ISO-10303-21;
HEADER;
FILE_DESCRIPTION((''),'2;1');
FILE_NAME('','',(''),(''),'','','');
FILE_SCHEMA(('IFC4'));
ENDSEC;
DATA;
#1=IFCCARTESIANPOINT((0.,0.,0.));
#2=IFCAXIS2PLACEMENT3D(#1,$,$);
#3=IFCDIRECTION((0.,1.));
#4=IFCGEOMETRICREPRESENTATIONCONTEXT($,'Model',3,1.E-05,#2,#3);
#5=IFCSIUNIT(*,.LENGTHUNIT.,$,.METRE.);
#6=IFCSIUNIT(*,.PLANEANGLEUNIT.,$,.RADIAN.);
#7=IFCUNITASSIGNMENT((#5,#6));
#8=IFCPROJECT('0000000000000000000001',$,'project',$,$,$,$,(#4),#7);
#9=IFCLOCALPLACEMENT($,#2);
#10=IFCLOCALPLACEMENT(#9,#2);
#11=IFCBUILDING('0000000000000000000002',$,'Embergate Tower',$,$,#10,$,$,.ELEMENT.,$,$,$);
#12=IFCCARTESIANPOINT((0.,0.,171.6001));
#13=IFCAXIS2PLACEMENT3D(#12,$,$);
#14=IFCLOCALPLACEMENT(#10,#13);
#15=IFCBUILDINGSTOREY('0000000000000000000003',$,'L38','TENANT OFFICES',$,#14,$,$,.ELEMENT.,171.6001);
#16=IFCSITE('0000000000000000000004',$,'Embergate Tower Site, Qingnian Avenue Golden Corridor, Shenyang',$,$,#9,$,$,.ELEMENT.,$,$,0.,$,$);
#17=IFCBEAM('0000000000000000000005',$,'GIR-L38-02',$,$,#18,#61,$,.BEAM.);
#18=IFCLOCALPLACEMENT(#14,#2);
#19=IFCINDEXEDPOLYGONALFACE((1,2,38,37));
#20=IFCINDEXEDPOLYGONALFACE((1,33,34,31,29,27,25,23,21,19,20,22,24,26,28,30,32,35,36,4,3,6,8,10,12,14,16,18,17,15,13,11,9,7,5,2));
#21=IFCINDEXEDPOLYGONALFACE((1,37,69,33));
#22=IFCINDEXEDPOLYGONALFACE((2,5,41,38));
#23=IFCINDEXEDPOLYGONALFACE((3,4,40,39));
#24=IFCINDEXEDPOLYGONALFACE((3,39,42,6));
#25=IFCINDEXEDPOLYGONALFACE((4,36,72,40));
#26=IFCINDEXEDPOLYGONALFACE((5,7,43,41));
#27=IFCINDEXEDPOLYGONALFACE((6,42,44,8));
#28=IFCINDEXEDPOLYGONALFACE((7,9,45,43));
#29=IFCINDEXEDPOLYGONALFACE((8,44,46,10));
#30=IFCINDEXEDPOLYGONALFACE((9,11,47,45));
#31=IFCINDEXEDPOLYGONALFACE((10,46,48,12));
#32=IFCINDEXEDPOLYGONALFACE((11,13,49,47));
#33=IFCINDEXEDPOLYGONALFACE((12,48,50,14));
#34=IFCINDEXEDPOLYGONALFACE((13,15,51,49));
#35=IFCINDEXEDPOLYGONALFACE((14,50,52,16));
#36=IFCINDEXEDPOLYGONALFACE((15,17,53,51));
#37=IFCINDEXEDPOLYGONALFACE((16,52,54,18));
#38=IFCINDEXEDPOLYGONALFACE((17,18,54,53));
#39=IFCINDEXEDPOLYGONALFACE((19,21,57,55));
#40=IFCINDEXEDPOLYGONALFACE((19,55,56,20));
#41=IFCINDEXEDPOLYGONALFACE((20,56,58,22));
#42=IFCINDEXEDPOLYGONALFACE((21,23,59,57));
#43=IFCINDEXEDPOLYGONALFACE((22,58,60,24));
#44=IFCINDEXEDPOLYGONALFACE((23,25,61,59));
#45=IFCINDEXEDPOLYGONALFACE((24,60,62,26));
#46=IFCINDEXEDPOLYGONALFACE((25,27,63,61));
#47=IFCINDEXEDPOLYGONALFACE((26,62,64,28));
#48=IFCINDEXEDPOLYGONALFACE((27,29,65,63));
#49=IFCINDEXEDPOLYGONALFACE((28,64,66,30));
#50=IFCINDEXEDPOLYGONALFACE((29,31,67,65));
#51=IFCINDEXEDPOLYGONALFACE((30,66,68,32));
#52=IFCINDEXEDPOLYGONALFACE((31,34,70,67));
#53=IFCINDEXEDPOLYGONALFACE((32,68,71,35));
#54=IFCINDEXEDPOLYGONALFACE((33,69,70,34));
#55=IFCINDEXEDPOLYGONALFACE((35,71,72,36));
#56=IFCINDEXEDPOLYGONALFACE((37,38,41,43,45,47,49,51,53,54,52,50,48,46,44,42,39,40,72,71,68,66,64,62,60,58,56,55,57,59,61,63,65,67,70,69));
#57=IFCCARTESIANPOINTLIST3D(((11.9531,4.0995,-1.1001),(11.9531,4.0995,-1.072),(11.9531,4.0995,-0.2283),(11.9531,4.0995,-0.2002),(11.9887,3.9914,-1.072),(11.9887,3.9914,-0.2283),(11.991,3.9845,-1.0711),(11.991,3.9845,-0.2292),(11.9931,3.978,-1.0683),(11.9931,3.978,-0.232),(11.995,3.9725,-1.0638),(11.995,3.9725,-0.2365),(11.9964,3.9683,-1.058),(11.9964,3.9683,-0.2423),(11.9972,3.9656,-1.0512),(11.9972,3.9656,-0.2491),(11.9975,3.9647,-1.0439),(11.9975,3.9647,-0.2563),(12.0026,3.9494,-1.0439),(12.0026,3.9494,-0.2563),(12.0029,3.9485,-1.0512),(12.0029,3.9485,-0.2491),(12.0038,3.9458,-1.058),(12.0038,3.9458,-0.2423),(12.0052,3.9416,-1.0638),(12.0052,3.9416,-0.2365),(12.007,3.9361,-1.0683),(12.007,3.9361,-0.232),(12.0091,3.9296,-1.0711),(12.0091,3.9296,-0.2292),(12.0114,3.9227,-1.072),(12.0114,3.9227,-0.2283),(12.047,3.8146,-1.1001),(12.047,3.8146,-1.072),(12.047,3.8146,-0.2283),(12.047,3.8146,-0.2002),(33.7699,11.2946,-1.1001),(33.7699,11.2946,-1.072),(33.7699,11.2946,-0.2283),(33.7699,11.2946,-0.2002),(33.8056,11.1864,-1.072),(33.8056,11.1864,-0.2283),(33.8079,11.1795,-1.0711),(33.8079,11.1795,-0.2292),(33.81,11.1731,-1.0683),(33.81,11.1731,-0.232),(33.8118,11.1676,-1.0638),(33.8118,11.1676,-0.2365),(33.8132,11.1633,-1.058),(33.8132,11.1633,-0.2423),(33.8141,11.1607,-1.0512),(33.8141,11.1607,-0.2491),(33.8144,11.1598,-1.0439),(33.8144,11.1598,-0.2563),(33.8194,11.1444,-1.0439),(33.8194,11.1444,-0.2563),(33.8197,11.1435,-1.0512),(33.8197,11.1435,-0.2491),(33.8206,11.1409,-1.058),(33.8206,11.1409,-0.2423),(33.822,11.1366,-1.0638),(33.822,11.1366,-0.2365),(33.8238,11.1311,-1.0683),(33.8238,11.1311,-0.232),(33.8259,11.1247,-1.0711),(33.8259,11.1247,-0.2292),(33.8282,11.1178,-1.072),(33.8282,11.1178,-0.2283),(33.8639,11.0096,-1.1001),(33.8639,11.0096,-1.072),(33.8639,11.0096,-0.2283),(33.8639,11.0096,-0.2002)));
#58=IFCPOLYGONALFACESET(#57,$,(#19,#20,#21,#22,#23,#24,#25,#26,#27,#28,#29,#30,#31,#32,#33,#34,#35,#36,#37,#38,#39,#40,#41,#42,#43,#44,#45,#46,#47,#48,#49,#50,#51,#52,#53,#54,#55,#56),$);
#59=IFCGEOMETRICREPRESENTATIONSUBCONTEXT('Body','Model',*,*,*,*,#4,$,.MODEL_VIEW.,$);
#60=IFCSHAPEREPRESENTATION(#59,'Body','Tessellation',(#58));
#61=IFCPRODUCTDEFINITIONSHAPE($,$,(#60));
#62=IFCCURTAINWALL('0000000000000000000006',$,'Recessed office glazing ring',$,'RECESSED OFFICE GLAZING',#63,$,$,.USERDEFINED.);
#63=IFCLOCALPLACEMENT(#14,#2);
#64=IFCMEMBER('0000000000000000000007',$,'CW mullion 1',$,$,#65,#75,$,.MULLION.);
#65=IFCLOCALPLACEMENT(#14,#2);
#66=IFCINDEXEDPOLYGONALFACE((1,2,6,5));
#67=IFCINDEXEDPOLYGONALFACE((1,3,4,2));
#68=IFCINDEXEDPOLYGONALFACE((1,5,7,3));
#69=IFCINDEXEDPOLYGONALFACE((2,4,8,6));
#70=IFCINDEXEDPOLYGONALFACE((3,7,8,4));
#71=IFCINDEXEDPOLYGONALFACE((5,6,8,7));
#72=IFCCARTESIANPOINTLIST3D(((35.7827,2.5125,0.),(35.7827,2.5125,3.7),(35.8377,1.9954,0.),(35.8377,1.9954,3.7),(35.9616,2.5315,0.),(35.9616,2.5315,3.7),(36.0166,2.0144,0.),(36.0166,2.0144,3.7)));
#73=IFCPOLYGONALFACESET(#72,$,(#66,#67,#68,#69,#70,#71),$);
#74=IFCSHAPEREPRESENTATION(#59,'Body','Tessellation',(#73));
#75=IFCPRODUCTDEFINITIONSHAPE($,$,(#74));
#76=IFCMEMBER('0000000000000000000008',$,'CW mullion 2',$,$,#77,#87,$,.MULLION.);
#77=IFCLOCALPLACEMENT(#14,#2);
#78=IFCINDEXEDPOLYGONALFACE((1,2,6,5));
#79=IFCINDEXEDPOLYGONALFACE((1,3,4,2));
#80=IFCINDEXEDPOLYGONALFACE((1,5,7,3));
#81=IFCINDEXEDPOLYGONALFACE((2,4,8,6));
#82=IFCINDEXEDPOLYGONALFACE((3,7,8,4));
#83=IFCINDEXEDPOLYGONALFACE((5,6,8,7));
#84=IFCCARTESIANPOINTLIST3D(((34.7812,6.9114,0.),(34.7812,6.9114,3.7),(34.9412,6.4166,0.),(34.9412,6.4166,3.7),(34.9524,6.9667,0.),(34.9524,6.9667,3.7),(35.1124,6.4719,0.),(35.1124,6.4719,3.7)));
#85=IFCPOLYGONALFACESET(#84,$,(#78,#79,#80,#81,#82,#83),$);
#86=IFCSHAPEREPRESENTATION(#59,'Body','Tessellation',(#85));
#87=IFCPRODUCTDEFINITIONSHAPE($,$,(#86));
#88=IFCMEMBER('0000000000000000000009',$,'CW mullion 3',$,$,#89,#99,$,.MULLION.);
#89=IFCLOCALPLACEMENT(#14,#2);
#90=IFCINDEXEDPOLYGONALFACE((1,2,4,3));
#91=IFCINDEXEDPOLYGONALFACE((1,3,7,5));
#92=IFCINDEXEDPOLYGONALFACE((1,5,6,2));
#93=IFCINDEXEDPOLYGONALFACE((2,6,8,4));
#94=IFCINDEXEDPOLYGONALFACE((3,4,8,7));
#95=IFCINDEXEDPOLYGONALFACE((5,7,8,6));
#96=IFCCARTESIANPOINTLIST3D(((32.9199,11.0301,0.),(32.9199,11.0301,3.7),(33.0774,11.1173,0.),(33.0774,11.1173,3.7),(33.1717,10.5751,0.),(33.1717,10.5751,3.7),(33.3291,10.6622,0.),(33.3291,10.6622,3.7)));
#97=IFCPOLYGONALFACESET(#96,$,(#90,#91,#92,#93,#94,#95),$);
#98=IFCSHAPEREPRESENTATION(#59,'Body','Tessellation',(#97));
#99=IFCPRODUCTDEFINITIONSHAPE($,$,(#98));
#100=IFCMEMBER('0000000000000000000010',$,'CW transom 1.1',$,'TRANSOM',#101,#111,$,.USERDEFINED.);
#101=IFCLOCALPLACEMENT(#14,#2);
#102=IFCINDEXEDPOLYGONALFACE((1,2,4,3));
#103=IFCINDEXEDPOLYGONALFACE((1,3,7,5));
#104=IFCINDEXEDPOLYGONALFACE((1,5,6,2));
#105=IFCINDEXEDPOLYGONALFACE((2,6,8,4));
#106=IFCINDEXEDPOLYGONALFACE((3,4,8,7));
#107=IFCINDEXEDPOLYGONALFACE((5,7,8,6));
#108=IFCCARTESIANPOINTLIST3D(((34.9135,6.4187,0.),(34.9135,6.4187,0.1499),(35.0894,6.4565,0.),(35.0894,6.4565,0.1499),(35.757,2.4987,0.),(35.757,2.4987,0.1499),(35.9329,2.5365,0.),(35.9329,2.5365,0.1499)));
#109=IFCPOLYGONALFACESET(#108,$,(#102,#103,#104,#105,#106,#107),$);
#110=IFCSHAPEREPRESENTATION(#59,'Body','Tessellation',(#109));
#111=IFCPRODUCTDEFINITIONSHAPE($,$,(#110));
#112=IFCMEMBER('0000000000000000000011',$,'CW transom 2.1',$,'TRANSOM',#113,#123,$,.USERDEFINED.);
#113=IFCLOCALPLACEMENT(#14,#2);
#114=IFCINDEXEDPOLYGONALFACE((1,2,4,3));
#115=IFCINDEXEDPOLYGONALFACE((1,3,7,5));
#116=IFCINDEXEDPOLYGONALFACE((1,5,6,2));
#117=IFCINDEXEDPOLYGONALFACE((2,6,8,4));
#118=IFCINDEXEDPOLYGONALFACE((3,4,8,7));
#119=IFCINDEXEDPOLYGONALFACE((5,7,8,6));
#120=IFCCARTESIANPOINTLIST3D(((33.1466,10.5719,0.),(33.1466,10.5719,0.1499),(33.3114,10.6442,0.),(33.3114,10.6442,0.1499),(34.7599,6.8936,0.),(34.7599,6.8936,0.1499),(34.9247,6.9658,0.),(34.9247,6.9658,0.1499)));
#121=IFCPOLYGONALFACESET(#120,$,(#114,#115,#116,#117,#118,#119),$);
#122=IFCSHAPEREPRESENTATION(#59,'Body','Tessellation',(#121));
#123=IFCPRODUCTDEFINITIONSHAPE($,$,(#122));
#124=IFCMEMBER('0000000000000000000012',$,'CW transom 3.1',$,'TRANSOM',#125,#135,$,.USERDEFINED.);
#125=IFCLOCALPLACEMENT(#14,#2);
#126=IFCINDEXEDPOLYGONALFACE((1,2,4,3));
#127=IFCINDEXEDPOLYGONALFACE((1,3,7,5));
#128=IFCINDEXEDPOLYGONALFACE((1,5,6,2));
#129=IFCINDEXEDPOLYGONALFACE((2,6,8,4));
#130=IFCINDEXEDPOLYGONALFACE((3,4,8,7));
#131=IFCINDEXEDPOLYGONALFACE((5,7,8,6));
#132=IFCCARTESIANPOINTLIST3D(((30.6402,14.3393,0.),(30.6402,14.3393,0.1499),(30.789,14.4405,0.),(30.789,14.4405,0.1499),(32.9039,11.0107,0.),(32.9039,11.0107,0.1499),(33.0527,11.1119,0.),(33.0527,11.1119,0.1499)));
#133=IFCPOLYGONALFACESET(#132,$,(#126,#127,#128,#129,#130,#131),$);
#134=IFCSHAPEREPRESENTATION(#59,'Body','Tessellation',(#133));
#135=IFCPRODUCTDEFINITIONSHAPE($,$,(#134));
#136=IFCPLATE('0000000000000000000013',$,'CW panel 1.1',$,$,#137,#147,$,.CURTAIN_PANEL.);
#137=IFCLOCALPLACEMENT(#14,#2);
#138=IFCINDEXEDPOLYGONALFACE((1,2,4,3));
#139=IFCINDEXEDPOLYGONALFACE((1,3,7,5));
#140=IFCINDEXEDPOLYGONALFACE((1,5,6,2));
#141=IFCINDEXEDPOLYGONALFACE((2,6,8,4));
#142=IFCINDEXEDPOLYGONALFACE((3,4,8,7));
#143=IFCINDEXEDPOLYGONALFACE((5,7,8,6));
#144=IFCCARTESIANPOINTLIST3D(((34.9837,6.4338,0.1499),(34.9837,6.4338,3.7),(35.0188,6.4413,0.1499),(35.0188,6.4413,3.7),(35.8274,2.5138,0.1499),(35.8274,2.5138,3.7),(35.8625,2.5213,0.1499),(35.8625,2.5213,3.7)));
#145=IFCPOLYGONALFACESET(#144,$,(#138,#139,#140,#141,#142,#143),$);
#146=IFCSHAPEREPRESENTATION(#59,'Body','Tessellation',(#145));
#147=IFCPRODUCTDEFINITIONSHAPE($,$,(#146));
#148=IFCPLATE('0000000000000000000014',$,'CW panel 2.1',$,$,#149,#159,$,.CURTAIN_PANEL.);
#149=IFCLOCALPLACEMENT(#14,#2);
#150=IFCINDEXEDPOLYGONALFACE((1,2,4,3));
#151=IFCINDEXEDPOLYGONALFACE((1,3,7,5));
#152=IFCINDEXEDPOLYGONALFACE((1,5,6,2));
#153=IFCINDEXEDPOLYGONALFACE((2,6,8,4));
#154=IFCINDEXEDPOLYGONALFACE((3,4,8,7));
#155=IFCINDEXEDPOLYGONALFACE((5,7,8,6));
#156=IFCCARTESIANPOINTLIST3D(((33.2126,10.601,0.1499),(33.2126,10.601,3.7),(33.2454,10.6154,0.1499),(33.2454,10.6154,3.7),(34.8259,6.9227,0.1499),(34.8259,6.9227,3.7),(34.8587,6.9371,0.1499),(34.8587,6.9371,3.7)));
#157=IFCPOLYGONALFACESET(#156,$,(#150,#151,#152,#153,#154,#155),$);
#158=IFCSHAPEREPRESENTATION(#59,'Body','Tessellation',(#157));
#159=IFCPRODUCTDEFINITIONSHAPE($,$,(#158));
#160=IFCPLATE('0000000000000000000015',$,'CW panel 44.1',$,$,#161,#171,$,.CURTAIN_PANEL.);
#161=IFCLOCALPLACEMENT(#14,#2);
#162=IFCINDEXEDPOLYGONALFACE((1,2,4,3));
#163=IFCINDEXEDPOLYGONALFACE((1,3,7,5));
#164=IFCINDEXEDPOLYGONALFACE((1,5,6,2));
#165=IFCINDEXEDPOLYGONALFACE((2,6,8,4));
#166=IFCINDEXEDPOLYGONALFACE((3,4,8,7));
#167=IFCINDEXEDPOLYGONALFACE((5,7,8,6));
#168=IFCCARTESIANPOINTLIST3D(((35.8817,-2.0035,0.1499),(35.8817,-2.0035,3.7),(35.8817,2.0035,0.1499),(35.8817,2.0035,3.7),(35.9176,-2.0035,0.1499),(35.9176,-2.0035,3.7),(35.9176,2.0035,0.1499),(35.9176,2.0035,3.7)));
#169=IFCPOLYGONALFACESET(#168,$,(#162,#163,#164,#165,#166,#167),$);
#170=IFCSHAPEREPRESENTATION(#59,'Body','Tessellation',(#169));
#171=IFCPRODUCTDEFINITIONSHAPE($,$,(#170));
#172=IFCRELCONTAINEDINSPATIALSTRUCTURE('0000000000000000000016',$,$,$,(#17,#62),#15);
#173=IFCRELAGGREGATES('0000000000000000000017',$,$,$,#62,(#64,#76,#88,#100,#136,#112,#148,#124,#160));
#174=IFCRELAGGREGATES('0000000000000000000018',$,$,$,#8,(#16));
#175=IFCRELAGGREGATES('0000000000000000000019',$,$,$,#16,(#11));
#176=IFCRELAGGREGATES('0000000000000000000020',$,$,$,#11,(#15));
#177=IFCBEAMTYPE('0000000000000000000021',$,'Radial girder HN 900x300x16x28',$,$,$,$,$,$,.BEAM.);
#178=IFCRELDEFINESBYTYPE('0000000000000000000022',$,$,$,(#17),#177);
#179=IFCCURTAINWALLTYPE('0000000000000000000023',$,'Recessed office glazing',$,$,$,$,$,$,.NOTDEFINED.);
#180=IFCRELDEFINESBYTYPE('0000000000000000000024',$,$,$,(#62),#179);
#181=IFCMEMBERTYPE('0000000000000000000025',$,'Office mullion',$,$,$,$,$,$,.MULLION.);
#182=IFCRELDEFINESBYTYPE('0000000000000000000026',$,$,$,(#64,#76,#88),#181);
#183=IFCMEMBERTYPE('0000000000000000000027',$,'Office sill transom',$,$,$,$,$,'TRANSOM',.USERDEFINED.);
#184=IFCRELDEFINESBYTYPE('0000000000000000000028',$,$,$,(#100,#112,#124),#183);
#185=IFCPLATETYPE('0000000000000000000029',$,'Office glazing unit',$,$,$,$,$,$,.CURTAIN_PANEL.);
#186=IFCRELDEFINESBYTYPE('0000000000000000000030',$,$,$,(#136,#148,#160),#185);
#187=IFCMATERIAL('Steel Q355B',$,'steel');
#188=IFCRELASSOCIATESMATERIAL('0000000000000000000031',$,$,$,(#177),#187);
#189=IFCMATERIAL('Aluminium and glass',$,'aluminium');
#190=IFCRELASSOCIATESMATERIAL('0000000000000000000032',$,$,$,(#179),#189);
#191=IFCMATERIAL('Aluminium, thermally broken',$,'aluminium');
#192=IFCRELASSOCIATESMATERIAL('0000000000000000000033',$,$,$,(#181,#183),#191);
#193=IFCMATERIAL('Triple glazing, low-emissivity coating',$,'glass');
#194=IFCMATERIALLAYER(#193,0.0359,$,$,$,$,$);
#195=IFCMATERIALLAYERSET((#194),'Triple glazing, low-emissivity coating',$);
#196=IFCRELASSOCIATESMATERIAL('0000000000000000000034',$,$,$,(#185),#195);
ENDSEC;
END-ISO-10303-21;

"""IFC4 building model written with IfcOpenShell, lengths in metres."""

from ifc_helpers import new_model, si_unit, direction, frame, origin, origin_2d, place, context, subcontext, project, spatial, rectangle, i_section, extrude, source, transform, mapped, material, layer, layer_set, material_profile, profile_set, type_object, element, aggregate, save


model = new_model("IFC4")

# Units and contexts
model_context = context("Model", 3, precision=1e-05, world=origin(), true_north=direction((0.0, 1.0)))
body_context = subcontext(model_context, "Body", "Model", "MODEL_VIEW")
ifc_project = project(units=[si_unit("LENGTHUNIT", "METRE"), si_unit("PLANEANGLEUNIT", "RADIAN")], contexts=[model_context])

# Site, building, storey
site_placement = place(None, origin())
site = spatial("IfcSite", under=ifc_project, at=site_placement, Name="Embergate Tower Site, Qingnian Avenue Golden Corridor, Shenyang", CompositionType="ELEMENT", RefElevation=0.0)
building_placement = place(site_placement, origin())
building = spatial("IfcBuilding", under=site, at=building_placement, Name="Embergate Tower", CompositionType="ELEMENT")
storey_placement = place(building_placement, frame((0.0, 0.0, 171.6001)))
storey = spatial("IfcBuildingStorey", under=building, at=storey_placement, Name="L38", Description="TENANT OFFICES", CompositionType="ELEMENT", Elevation=171.6001)

# Beam
ifc_material_1 = material(Name="Steel Q355B", Category="steel")
ifc_material_profile_1 = material_profile(ifc_material_1, i_section(OverallWidth=0.3, OverallDepth=0.8999, WebThickness=0.0161, FlangeThickness=0.0281, FilletRadius=0.0281, at=origin_2d()), Name="HN 900x300x16x28")
ifc_profile_set_1 = profile_set([ifc_material_profile_1], Name="Steel Q355 grade B")
beam_type_1 = type_object("IfcBeamType", Name="Radial girder HN 900x300x16x28", PredefinedType="BEAM", material=ifc_profile_set_1)
shared_shape_1 = source(origin(), body_context, "Body", "SweptSolid", [
    extrude(i_section(OverallWidth=0.3, OverallDepth=0.8999, WebThickness=0.0161, FlangeThickness=0.0281, FilletRadius=0.0281, at=origin_2d()), origin(), (0.0, 0.0, 1.0), 22.9727),
])
beam_1_placement = place(storey_placement, frame((33.8169, 11.1521, -0.6501), z_axis=(-0.949687, -0.313201, 0.0), x_axis=(0.313201, -0.949687, 0.0)))
element("IfcBeam", 1, at=beam_1_placement, inside=storey, type_object=beam_type_1, Name="GIR-L38-02", PredefinedType="BEAM", context=body_context, shape_type="MappedRepresentation", body=[
    mapped(shared_shape_1, transform((0.0, 0.0, 0.0))),
])

# Curtain wall, members, plates
ifc_material_2 = material(Name="Aluminium and glass", Category="aluminium")
curtain_wall_type = type_object("IfcCurtainWallType", Name="Recessed office glazing", PredefinedType="NOTDEFINED", material=ifc_material_2)
curtain_wall_placement = place(storey_placement, origin())
curtain_wall = element("IfcCurtainWall", 2, at=curtain_wall_placement, inside=storey, type_object=curtain_wall_type, Name="Recessed office glazing ring", ObjectType="RECESSED OFFICE GLAZING", PredefinedType="USERDEFINED")
ifc_material_3 = material(Name="Aluminium, thermally broken", Category="aluminium")
ifc_material_profile_2 = material_profile(ifc_material_3, rectangle(XDim=0.1799, YDim=0.52, at=origin_2d()), Name="AL 520x180")
ifc_profile_set_2 = profile_set([ifc_material_profile_2], Name="Aluminium, thermally broken")
member_type_1 = type_object("IfcMemberType", Name="Office mullion", PredefinedType="MULLION", material=ifc_profile_set_2)
shared_shape_2 = source(origin(), body_context, "Body", "SweptSolid", [
    extrude(rectangle(XDim=0.1799, YDim=0.52, at=origin_2d()), origin(), (0.0, 0.0, 1.0), 3.7),
])
member_1_placement = place(storey_placement, frame((35.8997, 2.2634, 0.0), z_axis=(0.0, 0.0, 1.0), x_axis=(-0.994385, -0.105825, 0.0)))
member_1 = element("IfcMember", 3, at=member_1_placement, type_object=member_type_1, Name="CW mullion 1", PredefinedType="MULLION", context=body_context, shape_type="MappedRepresentation", body=[
    mapped(shared_shape_2, transform((0.0, 0.0, 0.0))),
])
member_2_placement = place(storey_placement, frame((34.9468, 6.6917, 0.0), z_axis=(0.0, 0.0, 1.0), x_axis=(-0.951496, -0.307661, 0.0)))
member_2 = element("IfcMember", 4, at=member_2_placement, type_object=member_type_1, Name="CW mullion 2", PredefinedType="MULLION", context=body_context, shape_type="MappedRepresentation", body=[
    mapped(shared_shape_2, transform((0.0, 0.0, 0.0))),
])
member_3_placement = place(storey_placement, frame((33.1245, 10.8462, 0.0), z_axis=(0.0, 0.0, 1.0), x_axis=(-0.874999, -0.484126, 0.0)))
member_3 = element("IfcMember", 5, at=member_3_placement, type_object=member_type_1, Name="CW mullion 3", PredefinedType="MULLION", context=body_context, shape_type="MappedRepresentation", body=[
    mapped(shared_shape_2, transform((0.0, 0.0, 0.0))),
])
ifc_material_profile_3 = material_profile(ifc_material_3, rectangle(XDim=0.1799, YDim=0.1499, at=origin_2d()), Name="AL 150x180")
ifc_profile_set_3 = profile_set([ifc_material_profile_3], Name="Aluminium, thermally broken")
member_type_2 = type_object("IfcMemberType", Name="Office sill transom", ElementType="TRANSOM", PredefinedType="USERDEFINED", material=ifc_profile_set_3)
shared_shape_3 = source(origin(), body_context, "Body", "SweptSolid", [
    extrude(rectangle(XDim=0.1799, YDim=0.1499, at=origin_2d()), origin(), (0.0, 0.0, 1.0), 4.0098),
])
member_4_placement = place(storey_placement, frame((35.845, 2.5176, 0.075), z_axis=(-0.210369, 0.977622, 0.0), x_axis=(-0.977622, -0.210369, 0.0)))
member_4 = element("IfcMember", 6, at=member_4_placement, type_object=member_type_2, Name="CW transom 1.1", ObjectType="TRANSOM", PredefinedType="USERDEFINED", context=body_context, shape_type="MappedRepresentation", body=[
    mapped(shared_shape_3, transform((0.0, 0.0, 0.0))),
])
shared_shape_4 = source(origin(), body_context, "Body", "SweptSolid", [
    extrude(rectangle(XDim=0.1799, YDim=0.1499, at=origin_2d()), origin(), (0.0, 0.0, 1.0), 4.0166),
])
member_5_placement = place(storey_placement, frame((34.8423, 6.9297, 0.075), z_axis=(-0.401645, 0.915796, 0.0), x_axis=(-0.915796, -0.401645, 0.0)))
member_5 = element("IfcMember", 7, at=member_5_placement, type_object=member_type_2, Name="CW transom 2.1", ObjectType="TRANSOM", PredefinedType="USERDEFINED", context=body_context, shape_type="MappedRepresentation", body=[
    mapped(shared_shape_4, transform((0.0, 0.0, 0.0))),
])
shared_shape_5 = source(origin(), body_context, "Body", "SweptSolid", [
    extrude(rectangle(XDim=0.1799, YDim=0.1499, at=origin_2d()), origin(), (0.0, 0.0, 1.0), 4.0254),
])
member_6_placement = place(storey_placement, frame((32.9783, 11.0613, 0.075), z_axis=(-0.562347, 0.826902, 0.0), x_axis=(-0.826902, -0.562347, 0.0)))
member_6 = element("IfcMember", 8, at=member_6_placement, type_object=member_type_2, Name="CW transom 3.1", ObjectType="TRANSOM", PredefinedType="USERDEFINED", context=body_context, shape_type="MappedRepresentation", body=[
    mapped(shared_shape_5, transform((0.0, 0.0, 0.0))),
])
ifc_material_4 = material(Name="Triple glazing, low-emissivity coating", Category="glass")
ifc_layer_1 = layer(ifc_material_4, 0.0359)
ifc_layer_set_1 = layer_set([ifc_layer_1], Name="Triple glazing, low-emissivity coating")
plate_type = type_object("IfcPlateType", Name="Office glazing unit", PredefinedType="CURTAIN_PANEL", material=ifc_layer_set_1)
shared_shape_6 = source(origin(), body_context, "Body", "SweptSolid", [
    extrude(rectangle(XDim=4.0098, YDim=0.0359, at=origin_2d()), origin(), (0.0, 0.0, 1.0), 3.55),
])
plate_1_placement = place(storey_placement, frame((35.4231, 4.4775, 0.1499), z_axis=(0.0, 0.0, 1.0), x_axis=(-0.210402, 0.977615, 0.0)))
plate_1 = element("IfcPlate", 9, at=plate_1_placement, type_object=plate_type, Name="CW panel 1.1", PredefinedType="CURTAIN_PANEL", context=body_context, shape_type="MappedRepresentation", body=[
    mapped(shared_shape_6, transform((0.0, 0.0, 0.0))),
])
shared_shape_7 = source(origin(), body_context, "Body", "SweptSolid", [
    extrude(rectangle(XDim=4.0166, YDim=0.0359, at=origin_2d()), origin(), (0.0, 0.0, 1.0), 3.55),
])
plate_2_placement = place(storey_placement, frame((34.0356, 8.769, 0.1499), z_axis=(0.0, 0.0, 1.0), x_axis=(-0.401658, 0.91579, 0.0)))
plate_2 = element("IfcPlate", 10, at=plate_2_placement, type_object=plate_type, Name="CW panel 2.1", PredefinedType="CURTAIN_PANEL", context=body_context, shape_type="MappedRepresentation", body=[
    mapped(shared_shape_7, transform((0.0, 0.0, 0.0))),
])
shared_shape_8 = source(origin(), body_context, "Body", "SweptSolid", [
    extrude(rectangle(XDim=4.0071, YDim=0.0359, at=origin_2d()), origin(), (0.0, 0.0, 1.0), 3.55),
])
plate_3_placement = place(storey_placement, frame((35.8997, 0.0, 0.1499), z_axis=(0.0, 0.0, 1.0), x_axis=(0.0, 1.0, 0.0)))
plate_3 = element("IfcPlate", 11, at=plate_3_placement, type_object=plate_type, Name="CW panel 44.1", PredefinedType="CURTAIN_PANEL", context=body_context, shape_type="MappedRepresentation", body=[
    mapped(shared_shape_8, transform((0.0, 0.0, 0.0))),
])
aggregate(curtain_wall, [member_1, member_2, member_3, member_4, plate_1, member_5, plate_2, member_6, plate_3])

save(model, "model.ifc")
